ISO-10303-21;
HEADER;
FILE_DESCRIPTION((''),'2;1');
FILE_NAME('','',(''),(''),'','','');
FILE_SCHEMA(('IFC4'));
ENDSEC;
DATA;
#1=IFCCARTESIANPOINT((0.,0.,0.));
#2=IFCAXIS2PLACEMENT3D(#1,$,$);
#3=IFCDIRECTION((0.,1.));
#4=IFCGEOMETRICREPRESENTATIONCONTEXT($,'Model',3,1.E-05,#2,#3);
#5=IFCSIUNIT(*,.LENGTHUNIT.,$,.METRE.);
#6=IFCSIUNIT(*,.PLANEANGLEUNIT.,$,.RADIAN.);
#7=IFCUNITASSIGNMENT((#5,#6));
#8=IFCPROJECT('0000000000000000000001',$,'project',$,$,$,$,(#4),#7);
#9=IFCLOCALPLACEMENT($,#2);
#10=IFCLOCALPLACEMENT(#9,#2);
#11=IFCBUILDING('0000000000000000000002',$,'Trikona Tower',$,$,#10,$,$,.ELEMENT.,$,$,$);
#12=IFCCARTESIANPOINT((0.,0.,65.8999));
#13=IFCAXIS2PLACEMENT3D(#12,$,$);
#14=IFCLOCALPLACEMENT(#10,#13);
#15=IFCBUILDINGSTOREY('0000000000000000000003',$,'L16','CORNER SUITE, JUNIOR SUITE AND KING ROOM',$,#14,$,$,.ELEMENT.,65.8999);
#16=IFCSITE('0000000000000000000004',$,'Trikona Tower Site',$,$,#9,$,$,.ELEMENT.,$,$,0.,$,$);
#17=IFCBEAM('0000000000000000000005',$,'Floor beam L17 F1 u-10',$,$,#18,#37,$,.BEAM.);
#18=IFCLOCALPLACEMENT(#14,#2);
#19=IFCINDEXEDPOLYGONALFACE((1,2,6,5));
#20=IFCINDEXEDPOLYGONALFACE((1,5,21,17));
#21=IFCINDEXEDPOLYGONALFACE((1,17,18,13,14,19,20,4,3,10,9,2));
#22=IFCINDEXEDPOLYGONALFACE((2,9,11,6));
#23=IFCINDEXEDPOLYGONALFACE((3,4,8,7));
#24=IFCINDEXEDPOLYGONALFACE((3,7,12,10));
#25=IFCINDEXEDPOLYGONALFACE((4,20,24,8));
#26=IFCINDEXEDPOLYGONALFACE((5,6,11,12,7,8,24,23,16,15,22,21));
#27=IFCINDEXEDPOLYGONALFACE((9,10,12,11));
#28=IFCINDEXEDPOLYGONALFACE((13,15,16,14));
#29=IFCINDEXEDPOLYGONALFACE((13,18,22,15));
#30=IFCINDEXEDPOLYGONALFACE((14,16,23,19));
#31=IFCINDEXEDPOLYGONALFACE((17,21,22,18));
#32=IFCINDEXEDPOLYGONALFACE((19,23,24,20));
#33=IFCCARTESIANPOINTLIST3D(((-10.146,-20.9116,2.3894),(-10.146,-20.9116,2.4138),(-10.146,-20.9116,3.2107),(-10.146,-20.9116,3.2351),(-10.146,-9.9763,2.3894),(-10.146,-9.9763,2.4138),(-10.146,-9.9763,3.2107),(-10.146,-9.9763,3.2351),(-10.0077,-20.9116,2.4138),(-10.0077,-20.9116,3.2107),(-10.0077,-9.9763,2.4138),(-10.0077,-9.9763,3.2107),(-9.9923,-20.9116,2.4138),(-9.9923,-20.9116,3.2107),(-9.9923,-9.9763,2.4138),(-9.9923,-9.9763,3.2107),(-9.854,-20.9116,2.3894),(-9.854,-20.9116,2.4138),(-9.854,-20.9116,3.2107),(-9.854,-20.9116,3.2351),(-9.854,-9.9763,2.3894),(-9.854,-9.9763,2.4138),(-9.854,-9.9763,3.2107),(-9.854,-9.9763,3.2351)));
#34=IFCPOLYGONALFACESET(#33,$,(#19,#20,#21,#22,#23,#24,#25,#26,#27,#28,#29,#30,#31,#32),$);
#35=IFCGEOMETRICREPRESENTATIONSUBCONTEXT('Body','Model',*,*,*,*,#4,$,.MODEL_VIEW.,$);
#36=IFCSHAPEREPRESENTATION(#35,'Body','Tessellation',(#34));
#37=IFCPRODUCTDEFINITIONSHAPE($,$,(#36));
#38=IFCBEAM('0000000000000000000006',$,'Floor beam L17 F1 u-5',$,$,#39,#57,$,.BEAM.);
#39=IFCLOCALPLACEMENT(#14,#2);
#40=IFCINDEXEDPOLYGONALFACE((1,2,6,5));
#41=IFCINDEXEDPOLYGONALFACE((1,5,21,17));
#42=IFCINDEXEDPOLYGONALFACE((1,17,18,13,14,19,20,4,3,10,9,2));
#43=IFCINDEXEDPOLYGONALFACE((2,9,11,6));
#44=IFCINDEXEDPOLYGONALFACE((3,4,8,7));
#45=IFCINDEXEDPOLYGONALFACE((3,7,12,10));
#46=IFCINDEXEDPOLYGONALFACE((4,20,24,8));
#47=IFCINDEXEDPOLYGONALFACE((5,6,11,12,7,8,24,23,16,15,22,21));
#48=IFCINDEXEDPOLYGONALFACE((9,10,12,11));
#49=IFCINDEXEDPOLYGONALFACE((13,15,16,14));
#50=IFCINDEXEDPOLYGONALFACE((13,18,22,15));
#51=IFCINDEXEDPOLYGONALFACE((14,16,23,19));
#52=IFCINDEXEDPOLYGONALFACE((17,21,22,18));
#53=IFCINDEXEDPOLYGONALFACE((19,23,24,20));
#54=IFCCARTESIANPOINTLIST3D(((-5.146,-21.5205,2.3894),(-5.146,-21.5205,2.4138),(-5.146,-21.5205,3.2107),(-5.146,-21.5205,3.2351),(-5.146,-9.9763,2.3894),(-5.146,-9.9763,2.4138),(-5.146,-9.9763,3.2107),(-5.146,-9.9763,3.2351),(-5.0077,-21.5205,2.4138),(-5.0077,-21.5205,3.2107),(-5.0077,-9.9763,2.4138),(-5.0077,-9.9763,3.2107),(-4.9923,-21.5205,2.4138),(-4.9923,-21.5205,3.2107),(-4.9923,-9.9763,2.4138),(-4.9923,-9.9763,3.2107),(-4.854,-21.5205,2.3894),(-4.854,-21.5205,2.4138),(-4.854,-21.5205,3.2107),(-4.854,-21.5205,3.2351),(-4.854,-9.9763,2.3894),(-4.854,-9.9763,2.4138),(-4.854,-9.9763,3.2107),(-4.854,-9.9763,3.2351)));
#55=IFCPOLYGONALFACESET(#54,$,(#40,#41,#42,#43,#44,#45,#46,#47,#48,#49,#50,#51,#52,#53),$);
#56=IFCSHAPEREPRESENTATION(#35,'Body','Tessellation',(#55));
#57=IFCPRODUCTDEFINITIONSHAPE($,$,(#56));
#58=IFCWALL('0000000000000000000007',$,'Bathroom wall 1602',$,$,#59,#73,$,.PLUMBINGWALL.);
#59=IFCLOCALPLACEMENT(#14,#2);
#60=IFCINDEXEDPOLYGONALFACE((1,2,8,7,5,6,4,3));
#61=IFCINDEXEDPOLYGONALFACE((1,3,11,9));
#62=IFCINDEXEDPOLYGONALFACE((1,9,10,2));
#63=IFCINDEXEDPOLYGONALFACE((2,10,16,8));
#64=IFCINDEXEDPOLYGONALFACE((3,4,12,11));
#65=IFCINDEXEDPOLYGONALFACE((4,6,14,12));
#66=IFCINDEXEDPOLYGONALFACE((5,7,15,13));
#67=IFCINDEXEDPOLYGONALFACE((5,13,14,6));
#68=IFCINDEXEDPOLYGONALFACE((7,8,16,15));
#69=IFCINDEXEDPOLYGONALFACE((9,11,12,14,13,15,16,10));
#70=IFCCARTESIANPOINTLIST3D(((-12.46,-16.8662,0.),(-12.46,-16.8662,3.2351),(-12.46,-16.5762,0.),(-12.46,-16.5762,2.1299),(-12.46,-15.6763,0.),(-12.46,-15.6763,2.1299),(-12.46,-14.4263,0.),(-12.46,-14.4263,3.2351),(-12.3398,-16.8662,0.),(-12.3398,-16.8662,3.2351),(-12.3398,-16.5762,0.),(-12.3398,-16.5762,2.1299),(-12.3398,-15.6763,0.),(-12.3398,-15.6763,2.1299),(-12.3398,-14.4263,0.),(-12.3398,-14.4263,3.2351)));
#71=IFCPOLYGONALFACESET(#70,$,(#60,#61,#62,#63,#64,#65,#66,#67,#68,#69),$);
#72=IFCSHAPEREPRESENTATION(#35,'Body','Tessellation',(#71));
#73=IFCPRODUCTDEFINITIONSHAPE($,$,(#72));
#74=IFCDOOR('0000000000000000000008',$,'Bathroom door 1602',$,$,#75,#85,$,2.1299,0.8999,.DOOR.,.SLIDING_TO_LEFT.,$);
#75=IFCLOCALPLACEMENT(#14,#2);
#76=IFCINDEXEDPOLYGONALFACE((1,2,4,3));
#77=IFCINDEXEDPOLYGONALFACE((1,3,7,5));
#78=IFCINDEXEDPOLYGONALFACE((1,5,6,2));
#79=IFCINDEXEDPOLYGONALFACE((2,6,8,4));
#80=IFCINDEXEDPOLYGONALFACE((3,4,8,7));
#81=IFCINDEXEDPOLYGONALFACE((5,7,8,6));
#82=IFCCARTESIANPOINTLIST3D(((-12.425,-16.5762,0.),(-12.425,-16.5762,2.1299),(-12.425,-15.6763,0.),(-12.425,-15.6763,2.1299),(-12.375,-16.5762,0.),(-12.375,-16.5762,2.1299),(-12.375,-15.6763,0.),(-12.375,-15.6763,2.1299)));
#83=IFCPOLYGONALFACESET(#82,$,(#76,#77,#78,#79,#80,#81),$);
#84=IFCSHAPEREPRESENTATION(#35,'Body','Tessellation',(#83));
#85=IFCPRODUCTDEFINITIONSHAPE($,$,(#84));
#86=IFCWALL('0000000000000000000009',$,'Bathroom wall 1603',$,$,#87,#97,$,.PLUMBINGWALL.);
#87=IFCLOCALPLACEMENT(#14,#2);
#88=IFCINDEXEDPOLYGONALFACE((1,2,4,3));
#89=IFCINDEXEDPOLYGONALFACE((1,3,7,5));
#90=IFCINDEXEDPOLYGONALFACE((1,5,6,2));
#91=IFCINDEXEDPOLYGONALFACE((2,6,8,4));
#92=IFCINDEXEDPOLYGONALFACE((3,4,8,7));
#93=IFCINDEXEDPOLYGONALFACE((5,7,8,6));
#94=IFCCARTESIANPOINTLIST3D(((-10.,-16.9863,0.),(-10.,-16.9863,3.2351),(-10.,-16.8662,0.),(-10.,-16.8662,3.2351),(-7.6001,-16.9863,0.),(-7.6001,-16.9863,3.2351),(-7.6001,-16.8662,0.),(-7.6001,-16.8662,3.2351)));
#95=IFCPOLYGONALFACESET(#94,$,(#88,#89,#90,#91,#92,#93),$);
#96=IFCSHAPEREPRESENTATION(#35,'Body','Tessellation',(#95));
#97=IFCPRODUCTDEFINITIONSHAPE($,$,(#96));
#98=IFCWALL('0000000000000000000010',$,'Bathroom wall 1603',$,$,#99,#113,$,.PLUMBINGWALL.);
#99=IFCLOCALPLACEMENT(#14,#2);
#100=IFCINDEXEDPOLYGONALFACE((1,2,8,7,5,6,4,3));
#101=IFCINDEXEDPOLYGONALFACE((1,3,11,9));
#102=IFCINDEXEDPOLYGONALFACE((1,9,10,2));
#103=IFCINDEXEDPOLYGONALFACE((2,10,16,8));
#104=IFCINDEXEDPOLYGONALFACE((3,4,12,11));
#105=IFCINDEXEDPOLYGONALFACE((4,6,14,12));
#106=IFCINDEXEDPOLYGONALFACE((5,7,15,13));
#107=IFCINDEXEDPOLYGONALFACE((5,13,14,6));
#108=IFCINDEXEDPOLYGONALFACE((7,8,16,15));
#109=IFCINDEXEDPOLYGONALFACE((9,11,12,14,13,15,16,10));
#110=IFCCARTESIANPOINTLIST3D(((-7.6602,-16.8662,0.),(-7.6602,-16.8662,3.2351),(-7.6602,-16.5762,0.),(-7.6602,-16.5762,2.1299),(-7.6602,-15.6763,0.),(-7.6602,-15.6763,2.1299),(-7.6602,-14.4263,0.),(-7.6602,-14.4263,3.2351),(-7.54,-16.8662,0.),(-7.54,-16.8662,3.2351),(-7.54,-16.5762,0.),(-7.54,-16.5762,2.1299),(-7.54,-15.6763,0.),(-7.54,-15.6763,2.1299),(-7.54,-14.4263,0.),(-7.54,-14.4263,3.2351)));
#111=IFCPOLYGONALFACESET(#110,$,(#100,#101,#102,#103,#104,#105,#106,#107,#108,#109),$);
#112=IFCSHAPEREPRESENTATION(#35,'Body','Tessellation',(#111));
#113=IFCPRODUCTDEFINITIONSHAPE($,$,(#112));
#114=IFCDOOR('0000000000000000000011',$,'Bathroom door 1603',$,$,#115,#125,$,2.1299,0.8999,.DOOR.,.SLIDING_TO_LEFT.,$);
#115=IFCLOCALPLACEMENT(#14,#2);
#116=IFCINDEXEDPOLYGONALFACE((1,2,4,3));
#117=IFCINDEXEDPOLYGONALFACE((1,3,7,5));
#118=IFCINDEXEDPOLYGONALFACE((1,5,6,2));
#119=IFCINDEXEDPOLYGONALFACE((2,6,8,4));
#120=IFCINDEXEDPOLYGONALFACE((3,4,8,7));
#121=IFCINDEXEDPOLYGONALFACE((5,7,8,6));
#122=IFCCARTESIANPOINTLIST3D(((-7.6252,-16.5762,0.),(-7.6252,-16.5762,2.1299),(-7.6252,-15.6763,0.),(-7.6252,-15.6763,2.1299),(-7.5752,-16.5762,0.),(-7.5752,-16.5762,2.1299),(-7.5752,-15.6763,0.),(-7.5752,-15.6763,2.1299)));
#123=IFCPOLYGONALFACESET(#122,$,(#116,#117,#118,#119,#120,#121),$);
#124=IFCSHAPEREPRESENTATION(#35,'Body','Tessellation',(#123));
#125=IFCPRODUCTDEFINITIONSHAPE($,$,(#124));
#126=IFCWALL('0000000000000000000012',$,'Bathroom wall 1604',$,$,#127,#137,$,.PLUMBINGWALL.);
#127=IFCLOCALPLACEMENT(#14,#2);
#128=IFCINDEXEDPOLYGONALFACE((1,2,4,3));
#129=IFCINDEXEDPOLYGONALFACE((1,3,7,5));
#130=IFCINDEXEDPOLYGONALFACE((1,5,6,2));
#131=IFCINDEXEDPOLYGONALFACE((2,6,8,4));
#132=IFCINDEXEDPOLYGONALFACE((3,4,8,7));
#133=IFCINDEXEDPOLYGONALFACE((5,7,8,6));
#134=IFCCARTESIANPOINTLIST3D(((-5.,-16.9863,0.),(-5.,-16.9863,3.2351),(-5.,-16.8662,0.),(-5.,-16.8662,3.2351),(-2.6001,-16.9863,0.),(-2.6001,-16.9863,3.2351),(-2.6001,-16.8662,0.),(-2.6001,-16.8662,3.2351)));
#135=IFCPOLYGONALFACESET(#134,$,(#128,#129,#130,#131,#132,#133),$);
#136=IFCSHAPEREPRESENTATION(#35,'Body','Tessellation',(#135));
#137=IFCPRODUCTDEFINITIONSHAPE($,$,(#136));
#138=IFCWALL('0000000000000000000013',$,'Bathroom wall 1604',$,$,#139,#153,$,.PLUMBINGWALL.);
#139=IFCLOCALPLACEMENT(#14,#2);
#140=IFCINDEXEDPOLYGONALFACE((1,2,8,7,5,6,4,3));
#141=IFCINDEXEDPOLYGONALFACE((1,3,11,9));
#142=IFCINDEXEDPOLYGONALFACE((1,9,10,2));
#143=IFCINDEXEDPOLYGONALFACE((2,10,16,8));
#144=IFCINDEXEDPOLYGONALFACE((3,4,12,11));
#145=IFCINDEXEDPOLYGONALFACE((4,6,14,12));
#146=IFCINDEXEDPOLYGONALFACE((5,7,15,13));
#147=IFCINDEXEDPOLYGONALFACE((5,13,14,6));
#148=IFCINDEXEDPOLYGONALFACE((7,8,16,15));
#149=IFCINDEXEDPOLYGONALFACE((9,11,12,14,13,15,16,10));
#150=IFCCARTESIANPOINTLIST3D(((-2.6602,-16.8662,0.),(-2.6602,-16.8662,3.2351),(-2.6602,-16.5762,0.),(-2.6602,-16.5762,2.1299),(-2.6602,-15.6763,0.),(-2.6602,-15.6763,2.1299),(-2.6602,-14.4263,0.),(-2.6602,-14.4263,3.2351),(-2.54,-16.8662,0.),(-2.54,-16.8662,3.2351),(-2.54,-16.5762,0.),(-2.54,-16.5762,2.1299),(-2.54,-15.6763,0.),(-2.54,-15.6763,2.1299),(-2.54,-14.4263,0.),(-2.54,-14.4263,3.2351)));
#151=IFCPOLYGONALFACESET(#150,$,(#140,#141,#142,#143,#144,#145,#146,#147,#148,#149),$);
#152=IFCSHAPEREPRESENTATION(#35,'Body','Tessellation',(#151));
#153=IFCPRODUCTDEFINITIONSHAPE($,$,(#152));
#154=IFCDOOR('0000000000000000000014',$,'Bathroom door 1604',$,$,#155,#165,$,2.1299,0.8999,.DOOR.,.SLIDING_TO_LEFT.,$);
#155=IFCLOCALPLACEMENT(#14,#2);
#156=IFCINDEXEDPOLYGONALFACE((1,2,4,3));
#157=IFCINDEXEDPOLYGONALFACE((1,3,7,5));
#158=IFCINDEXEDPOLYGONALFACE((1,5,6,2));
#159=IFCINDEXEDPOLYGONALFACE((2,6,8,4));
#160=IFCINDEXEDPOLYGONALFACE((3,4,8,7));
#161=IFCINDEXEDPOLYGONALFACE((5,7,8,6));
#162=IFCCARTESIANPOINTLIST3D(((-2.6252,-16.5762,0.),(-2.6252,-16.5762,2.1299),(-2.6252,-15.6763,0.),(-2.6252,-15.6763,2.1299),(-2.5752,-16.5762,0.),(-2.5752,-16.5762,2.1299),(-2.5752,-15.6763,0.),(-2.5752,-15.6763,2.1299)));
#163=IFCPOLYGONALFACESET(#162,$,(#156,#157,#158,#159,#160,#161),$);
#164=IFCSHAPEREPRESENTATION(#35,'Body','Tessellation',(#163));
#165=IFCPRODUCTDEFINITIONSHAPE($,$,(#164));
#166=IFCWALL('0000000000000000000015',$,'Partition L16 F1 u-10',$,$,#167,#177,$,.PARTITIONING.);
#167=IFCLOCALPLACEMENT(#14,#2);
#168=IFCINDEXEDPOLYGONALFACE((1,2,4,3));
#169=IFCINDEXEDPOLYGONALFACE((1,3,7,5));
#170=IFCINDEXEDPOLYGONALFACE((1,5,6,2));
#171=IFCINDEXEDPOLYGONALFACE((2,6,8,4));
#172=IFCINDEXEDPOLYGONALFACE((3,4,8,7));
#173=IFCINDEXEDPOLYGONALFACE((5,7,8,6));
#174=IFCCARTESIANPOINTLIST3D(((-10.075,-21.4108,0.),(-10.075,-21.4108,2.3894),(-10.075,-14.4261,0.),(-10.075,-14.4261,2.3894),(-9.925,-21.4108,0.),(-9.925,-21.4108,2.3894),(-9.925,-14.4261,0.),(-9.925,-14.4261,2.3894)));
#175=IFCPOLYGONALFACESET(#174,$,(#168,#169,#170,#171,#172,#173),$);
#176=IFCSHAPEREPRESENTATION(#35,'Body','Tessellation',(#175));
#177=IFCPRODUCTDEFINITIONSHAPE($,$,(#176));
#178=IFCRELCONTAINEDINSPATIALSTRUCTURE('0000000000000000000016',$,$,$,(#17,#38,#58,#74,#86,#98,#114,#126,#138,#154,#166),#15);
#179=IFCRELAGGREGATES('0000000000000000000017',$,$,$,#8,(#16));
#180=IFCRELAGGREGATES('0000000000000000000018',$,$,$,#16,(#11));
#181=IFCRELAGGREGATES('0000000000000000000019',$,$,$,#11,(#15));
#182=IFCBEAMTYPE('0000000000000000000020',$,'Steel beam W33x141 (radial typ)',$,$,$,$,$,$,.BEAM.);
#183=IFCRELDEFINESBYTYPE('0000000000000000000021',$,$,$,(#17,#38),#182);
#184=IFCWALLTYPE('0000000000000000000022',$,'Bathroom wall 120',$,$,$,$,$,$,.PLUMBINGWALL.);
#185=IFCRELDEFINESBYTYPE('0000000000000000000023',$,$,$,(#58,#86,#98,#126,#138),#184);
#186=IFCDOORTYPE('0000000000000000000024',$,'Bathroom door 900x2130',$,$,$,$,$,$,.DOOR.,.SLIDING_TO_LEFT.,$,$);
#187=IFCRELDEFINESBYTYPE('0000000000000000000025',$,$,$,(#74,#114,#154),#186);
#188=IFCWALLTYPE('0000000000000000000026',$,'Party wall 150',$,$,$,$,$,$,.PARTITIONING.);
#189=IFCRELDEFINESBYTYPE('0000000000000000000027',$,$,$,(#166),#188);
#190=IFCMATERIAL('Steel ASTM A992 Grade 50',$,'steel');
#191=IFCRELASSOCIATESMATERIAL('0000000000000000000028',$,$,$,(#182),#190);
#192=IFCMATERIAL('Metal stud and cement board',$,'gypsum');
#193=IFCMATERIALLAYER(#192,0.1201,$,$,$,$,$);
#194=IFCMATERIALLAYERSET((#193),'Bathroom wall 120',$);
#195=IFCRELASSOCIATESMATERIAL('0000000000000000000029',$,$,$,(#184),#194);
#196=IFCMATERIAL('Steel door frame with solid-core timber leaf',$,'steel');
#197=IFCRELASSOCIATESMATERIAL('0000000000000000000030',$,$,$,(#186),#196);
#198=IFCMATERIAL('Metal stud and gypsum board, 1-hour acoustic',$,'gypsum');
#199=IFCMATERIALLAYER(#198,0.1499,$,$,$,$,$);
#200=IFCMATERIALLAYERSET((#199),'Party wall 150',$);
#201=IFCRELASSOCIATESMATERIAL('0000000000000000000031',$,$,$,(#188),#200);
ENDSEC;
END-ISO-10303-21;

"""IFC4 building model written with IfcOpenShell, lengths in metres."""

from ifc_helpers import new_model, si_unit, direction, frame, frame_2d, origin, origin_2d, place, context, subcontext, project, spatial, rectangle, i_section, extrude, material, layer, layer_set, material_profile, profile_set, type_object, element, fill, save


model = new_model("IFC4")

# Units and contexts
model_context = context("Model", 3, precision=1e-05, world=origin(), true_north=direction((0.0, 1.0)))
body_context = subcontext(model_context, "Body", "Model", "MODEL_VIEW")
ifc_project = project(units=[si_unit("LENGTHUNIT", "METRE"), si_unit("PLANEANGLEUNIT", "RADIAN")], contexts=[model_context])

# Site, building, storey
site_placement = place(None, origin())
site = spatial("IfcSite", under=ifc_project, at=site_placement, Name="Trikona Tower Site", CompositionType="ELEMENT", RefElevation=0.0)
building_placement = place(site_placement, origin())
building = spatial("IfcBuilding", under=site, at=building_placement, Name="Trikona Tower", CompositionType="ELEMENT")
storey_placement = place(building_placement, frame((0.0, 0.0, 65.8999)))
storey = spatial("IfcBuildingStorey", under=building, at=storey_placement, Name="L16", Description="CORNER SUITE, JUNIOR SUITE AND KING ROOM", CompositionType="ELEMENT", Elevation=65.8999)

# Beams
ifc_material_1 = material(Name="Steel ASTM A992 Grade 50", Category="steel")
ifc_material_profile = material_profile(ifc_material_1, i_section(OverallWidth=0.292, OverallDepth=0.8457, WebThickness=0.0154, FlangeThickness=0.0244, at=origin_2d()), Name="W33X141")
ifc_profile_set = profile_set([ifc_material_profile], Name="Steel ASTM A992 Grade 50")
beam_type = type_object("IfcBeamType", Name="Steel beam W33x141 (radial typ)", PredefinedType="BEAM", material=ifc_profile_set)
beam_1_placement = place(storey_placement, frame((-10.0, -9.9763, 2.8123), z_axis=(0.0, -1.0, 0.0), x_axis=(1.0, 0.0, 0.0)))
element("IfcBeam", 1, at=beam_1_placement, inside=storey, type_object=beam_type, Name="Floor beam L17 F1 u-10", PredefinedType="BEAM", context=body_context, shape_type="SweptSolid", body=[
    extrude(i_section(OverallWidth=0.292, OverallDepth=0.8457, WebThickness=0.0154, FlangeThickness=0.0244, at=origin_2d()), origin(), (0.0, 0.0, 1.0), 10.9353),
])
beam_2_placement = place(storey_placement, frame((-5.0, -9.9763, 2.8123), z_axis=(0.0, -1.0, 0.0), x_axis=(1.0, 0.0, 0.0)))
element("IfcBeam", 2, at=beam_2_placement, inside=storey, type_object=beam_type, Name="Floor beam L17 F1 u-5", PredefinedType="BEAM", context=body_context, shape_type="SweptSolid", body=[
    extrude(i_section(OverallWidth=0.292, OverallDepth=0.8457, WebThickness=0.0154, FlangeThickness=0.0244, at=origin_2d()), origin(), (0.0, 0.0, 1.0), 11.5442),
])

# Wall, opening, door
ifc_material_2 = material(Name="Metal stud and cement board", Category="gypsum")
ifc_layer_1 = layer(ifc_material_2, 0.1201)
ifc_layer_set_1 = layer_set([ifc_layer_1], Name="Bathroom wall 120")
wall_type_1 = type_object("IfcWallType", Name="Bathroom wall 120", PredefinedType="PLUMBINGWALL", material=ifc_layer_set_1)
wall_1_placement = place(storey_placement, frame((-12.3999, -14.4263, 0.0), z_axis=(0.0, 0.0, 1.0), x_axis=(0.0, -1.0, 0.0)))
wall_1 = element("IfcWall", 3, at=wall_1_placement, inside=storey, type_object=wall_type_1, Name="Bathroom wall 1602", PredefinedType="PLUMBINGWALL", context=body_context, shape_type="SweptSolid", body=[
    extrude(rectangle(XDim=2.4399, YDim=0.1201, at=frame_2d((1.22, 0.0))), origin(), (0.0, 0.0, 1.0), 3.2351),
])
opening_1_placement = place(wall_1_placement, frame((1.25, 0.0, 0.0)))
opening_1 = element("IfcOpeningElement", 4, at=opening_1_placement, cuts=wall_1, PredefinedType="OPENING", context=body_context, shape_type="SweptSolid", body=[
    extrude(rectangle(XDim=0.8999, YDim=2.1299, at=frame_2d((0.45, 1.0649))), frame((0.0, 0.0701, 0.0), z_axis=(0.0, -1.0, 0.0), x_axis=(1.0, 0.0, 0.0)), (0.0, 0.0, 1.0), 0.1401),
])
ifc_material_3 = material(Name="Steel door frame with solid-core timber leaf", Category="steel")
door_type_1 = type_object("IfcDoorType", Name="Bathroom door 900x2130", OperationType="SLIDING_TO_LEFT", PredefinedType="DOOR", material=ifc_material_3)
door_1_placement = place(opening_1_placement, origin())
door_1 = element("IfcDoor", 5, at=door_1_placement, inside=storey, type_object=door_type_1, Name="Bathroom door 1602", OperationType="SLIDING_TO_LEFT", OverallHeight=2.1299, OverallWidth=0.8999, PredefinedType="DOOR", context=body_context, shape_type="SweptSolid", body=[
    extrude(rectangle(XDim=0.8999, YDim=2.1299, at=frame_2d((0.45, 1.0649))), frame((0.0, 0.0249, 0.0), z_axis=(0.0, -1.0, 0.0), x_axis=(1.0, 0.0, 0.0)), (0.0, 0.0, 1.0), 0.05),
])
fill(opening_1, door_1)

# Wall
wall_2_placement = place(storey_placement, frame((-10.0, -16.9263, 0.0), z_axis=(0.0, 0.0, 1.0), x_axis=(1.0, 0.0, 0.0)))
element("IfcWall", 6, at=wall_2_placement, inside=storey, type_object=wall_type_1, Name="Bathroom wall 1603", PredefinedType="PLUMBINGWALL", context=body_context, shape_type="SweptSolid", body=[
    extrude(rectangle(XDim=2.3999, YDim=0.1201, at=frame_2d((1.2, 0.0))), origin(), (0.0, 0.0, 1.0), 3.2351),
])

# Wall, opening, door
wall_3_placement = place(storey_placement, frame((-7.6001, -14.4263, 0.0), z_axis=(0.0, 0.0, 1.0), x_axis=(0.0, -1.0, 0.0)))
wall_3 = element("IfcWall", 7, at=wall_3_placement, inside=storey, type_object=wall_type_1, Name="Bathroom wall 1603", PredefinedType="PLUMBINGWALL", context=body_context, shape_type="SweptSolid", body=[
    extrude(rectangle(XDim=2.4399, YDim=0.1201, at=frame_2d((1.22, 0.0))), origin(), (0.0, 0.0, 1.0), 3.2351),
])
opening_2_placement = place(wall_3_placement, frame((1.25, 0.0, 0.0)))
opening_2 = element("IfcOpeningElement", 8, at=opening_2_placement, cuts=wall_3, PredefinedType="OPENING", context=body_context, shape_type="SweptSolid", body=[
    extrude(rectangle(XDim=0.8999, YDim=2.1299, at=frame_2d((0.45, 1.0649))), frame((0.0, 0.0701, 0.0), z_axis=(0.0, -1.0, 0.0), x_axis=(1.0, 0.0, 0.0)), (0.0, 0.0, 1.0), 0.1401),
])
door_2_placement = place(opening_2_placement, origin())
door_2 = element("IfcDoor", 9, at=door_2_placement, inside=storey, type_object=door_type_1, Name="Bathroom door 1603", OperationType="SLIDING_TO_LEFT", OverallHeight=2.1299, OverallWidth=0.8999, PredefinedType="DOOR", context=body_context, shape_type="SweptSolid", body=[
    extrude(rectangle(XDim=0.8999, YDim=2.1299, at=frame_2d((0.45, 1.0649))), frame((0.0, 0.0249, 0.0), z_axis=(0.0, -1.0, 0.0), x_axis=(1.0, 0.0, 0.0)), (0.0, 0.0, 1.0), 0.05),
])
fill(opening_2, door_2)

# Wall
wall_4_placement = place(storey_placement, frame((-5.0, -16.9263, 0.0), z_axis=(0.0, 0.0, 1.0), x_axis=(1.0, 0.0, 0.0)))
element("IfcWall", 10, at=wall_4_placement, inside=storey, type_object=wall_type_1, Name="Bathroom wall 1604", PredefinedType="PLUMBINGWALL", context=body_context, shape_type="SweptSolid", body=[
    extrude(rectangle(XDim=2.3999, YDim=0.1201, at=frame_2d((1.2, 0.0))), origin(), (0.0, 0.0, 1.0), 3.2351),
])

# Wall, opening, door
wall_5_placement = place(storey_placement, frame((-2.6001, -14.4263, 0.0), z_axis=(0.0, 0.0, 1.0), x_axis=(0.0, -1.0, 0.0)))
wall_5 = element("IfcWall", 11, at=wall_5_placement, inside=storey, type_object=wall_type_1, Name="Bathroom wall 1604", PredefinedType="PLUMBINGWALL", context=body_context, shape_type="SweptSolid", body=[
    extrude(rectangle(XDim=2.4399, YDim=0.1201, at=frame_2d((1.22, 0.0))), origin(), (0.0, 0.0, 1.0), 3.2351),
])
opening_3_placement = place(wall_5_placement, frame((1.25, 0.0, 0.0)))
opening_3 = element("IfcOpeningElement", 12, at=opening_3_placement, cuts=wall_5, PredefinedType="OPENING", context=body_context, shape_type="SweptSolid", body=[
    extrude(rectangle(XDim=0.8999, YDim=2.1299, at=frame_2d((0.45, 1.0649))), frame((0.0, 0.0701, 0.0), z_axis=(0.0, -1.0, 0.0), x_axis=(1.0, 0.0, 0.0)), (0.0, 0.0, 1.0), 0.1401),
])
door_3_placement = place(opening_3_placement, origin())
door_3 = element("IfcDoor", 13, at=door_3_placement, inside=storey, type_object=door_type_1, Name="Bathroom door 1604", OperationType="SLIDING_TO_LEFT", OverallHeight=2.1299, OverallWidth=0.8999, PredefinedType="DOOR", context=body_context, shape_type="SweptSolid", body=[
    extrude(rectangle(XDim=0.8999, YDim=2.1299, at=frame_2d((0.45, 1.0649))), frame((0.0, 0.0249, 0.0), z_axis=(0.0, -1.0, 0.0), x_axis=(1.0, 0.0, 0.0)), (0.0, 0.0, 1.0), 0.05),
])
fill(opening_3, door_3)

# Wall
ifc_material_4 = material(Name="Metal stud and gypsum board, 1-hour acoustic", Category="gypsum")
ifc_layer_2 = layer(ifc_material_4, 0.1499)
ifc_layer_set_2 = layer_set([ifc_layer_2], Name="Party wall 150")
wall_type_2 = type_object("IfcWallType", Name="Party wall 150", PredefinedType="PARTITIONING", material=ifc_layer_set_2)
wall_6_placement = place(storey_placement, frame((-10.0, -14.4263, 0.0), z_axis=(0.0, 0.0, 1.0), x_axis=(0.0, -1.0, 0.0)))
element("IfcWall", 14, at=wall_6_placement, inside=storey, type_object=wall_type_2, Name="Partition L16 F1 u-10", PredefinedType="PARTITIONING", context=body_context, shape_type="SweptSolid", body=[
    extrude(rectangle(XDim=6.9846, YDim=0.1499, at=frame_2d((3.4922, 0.0))), origin(), (0.0, 0.0, 1.0), 2.3894),
])

save(model, "model.ifc")
